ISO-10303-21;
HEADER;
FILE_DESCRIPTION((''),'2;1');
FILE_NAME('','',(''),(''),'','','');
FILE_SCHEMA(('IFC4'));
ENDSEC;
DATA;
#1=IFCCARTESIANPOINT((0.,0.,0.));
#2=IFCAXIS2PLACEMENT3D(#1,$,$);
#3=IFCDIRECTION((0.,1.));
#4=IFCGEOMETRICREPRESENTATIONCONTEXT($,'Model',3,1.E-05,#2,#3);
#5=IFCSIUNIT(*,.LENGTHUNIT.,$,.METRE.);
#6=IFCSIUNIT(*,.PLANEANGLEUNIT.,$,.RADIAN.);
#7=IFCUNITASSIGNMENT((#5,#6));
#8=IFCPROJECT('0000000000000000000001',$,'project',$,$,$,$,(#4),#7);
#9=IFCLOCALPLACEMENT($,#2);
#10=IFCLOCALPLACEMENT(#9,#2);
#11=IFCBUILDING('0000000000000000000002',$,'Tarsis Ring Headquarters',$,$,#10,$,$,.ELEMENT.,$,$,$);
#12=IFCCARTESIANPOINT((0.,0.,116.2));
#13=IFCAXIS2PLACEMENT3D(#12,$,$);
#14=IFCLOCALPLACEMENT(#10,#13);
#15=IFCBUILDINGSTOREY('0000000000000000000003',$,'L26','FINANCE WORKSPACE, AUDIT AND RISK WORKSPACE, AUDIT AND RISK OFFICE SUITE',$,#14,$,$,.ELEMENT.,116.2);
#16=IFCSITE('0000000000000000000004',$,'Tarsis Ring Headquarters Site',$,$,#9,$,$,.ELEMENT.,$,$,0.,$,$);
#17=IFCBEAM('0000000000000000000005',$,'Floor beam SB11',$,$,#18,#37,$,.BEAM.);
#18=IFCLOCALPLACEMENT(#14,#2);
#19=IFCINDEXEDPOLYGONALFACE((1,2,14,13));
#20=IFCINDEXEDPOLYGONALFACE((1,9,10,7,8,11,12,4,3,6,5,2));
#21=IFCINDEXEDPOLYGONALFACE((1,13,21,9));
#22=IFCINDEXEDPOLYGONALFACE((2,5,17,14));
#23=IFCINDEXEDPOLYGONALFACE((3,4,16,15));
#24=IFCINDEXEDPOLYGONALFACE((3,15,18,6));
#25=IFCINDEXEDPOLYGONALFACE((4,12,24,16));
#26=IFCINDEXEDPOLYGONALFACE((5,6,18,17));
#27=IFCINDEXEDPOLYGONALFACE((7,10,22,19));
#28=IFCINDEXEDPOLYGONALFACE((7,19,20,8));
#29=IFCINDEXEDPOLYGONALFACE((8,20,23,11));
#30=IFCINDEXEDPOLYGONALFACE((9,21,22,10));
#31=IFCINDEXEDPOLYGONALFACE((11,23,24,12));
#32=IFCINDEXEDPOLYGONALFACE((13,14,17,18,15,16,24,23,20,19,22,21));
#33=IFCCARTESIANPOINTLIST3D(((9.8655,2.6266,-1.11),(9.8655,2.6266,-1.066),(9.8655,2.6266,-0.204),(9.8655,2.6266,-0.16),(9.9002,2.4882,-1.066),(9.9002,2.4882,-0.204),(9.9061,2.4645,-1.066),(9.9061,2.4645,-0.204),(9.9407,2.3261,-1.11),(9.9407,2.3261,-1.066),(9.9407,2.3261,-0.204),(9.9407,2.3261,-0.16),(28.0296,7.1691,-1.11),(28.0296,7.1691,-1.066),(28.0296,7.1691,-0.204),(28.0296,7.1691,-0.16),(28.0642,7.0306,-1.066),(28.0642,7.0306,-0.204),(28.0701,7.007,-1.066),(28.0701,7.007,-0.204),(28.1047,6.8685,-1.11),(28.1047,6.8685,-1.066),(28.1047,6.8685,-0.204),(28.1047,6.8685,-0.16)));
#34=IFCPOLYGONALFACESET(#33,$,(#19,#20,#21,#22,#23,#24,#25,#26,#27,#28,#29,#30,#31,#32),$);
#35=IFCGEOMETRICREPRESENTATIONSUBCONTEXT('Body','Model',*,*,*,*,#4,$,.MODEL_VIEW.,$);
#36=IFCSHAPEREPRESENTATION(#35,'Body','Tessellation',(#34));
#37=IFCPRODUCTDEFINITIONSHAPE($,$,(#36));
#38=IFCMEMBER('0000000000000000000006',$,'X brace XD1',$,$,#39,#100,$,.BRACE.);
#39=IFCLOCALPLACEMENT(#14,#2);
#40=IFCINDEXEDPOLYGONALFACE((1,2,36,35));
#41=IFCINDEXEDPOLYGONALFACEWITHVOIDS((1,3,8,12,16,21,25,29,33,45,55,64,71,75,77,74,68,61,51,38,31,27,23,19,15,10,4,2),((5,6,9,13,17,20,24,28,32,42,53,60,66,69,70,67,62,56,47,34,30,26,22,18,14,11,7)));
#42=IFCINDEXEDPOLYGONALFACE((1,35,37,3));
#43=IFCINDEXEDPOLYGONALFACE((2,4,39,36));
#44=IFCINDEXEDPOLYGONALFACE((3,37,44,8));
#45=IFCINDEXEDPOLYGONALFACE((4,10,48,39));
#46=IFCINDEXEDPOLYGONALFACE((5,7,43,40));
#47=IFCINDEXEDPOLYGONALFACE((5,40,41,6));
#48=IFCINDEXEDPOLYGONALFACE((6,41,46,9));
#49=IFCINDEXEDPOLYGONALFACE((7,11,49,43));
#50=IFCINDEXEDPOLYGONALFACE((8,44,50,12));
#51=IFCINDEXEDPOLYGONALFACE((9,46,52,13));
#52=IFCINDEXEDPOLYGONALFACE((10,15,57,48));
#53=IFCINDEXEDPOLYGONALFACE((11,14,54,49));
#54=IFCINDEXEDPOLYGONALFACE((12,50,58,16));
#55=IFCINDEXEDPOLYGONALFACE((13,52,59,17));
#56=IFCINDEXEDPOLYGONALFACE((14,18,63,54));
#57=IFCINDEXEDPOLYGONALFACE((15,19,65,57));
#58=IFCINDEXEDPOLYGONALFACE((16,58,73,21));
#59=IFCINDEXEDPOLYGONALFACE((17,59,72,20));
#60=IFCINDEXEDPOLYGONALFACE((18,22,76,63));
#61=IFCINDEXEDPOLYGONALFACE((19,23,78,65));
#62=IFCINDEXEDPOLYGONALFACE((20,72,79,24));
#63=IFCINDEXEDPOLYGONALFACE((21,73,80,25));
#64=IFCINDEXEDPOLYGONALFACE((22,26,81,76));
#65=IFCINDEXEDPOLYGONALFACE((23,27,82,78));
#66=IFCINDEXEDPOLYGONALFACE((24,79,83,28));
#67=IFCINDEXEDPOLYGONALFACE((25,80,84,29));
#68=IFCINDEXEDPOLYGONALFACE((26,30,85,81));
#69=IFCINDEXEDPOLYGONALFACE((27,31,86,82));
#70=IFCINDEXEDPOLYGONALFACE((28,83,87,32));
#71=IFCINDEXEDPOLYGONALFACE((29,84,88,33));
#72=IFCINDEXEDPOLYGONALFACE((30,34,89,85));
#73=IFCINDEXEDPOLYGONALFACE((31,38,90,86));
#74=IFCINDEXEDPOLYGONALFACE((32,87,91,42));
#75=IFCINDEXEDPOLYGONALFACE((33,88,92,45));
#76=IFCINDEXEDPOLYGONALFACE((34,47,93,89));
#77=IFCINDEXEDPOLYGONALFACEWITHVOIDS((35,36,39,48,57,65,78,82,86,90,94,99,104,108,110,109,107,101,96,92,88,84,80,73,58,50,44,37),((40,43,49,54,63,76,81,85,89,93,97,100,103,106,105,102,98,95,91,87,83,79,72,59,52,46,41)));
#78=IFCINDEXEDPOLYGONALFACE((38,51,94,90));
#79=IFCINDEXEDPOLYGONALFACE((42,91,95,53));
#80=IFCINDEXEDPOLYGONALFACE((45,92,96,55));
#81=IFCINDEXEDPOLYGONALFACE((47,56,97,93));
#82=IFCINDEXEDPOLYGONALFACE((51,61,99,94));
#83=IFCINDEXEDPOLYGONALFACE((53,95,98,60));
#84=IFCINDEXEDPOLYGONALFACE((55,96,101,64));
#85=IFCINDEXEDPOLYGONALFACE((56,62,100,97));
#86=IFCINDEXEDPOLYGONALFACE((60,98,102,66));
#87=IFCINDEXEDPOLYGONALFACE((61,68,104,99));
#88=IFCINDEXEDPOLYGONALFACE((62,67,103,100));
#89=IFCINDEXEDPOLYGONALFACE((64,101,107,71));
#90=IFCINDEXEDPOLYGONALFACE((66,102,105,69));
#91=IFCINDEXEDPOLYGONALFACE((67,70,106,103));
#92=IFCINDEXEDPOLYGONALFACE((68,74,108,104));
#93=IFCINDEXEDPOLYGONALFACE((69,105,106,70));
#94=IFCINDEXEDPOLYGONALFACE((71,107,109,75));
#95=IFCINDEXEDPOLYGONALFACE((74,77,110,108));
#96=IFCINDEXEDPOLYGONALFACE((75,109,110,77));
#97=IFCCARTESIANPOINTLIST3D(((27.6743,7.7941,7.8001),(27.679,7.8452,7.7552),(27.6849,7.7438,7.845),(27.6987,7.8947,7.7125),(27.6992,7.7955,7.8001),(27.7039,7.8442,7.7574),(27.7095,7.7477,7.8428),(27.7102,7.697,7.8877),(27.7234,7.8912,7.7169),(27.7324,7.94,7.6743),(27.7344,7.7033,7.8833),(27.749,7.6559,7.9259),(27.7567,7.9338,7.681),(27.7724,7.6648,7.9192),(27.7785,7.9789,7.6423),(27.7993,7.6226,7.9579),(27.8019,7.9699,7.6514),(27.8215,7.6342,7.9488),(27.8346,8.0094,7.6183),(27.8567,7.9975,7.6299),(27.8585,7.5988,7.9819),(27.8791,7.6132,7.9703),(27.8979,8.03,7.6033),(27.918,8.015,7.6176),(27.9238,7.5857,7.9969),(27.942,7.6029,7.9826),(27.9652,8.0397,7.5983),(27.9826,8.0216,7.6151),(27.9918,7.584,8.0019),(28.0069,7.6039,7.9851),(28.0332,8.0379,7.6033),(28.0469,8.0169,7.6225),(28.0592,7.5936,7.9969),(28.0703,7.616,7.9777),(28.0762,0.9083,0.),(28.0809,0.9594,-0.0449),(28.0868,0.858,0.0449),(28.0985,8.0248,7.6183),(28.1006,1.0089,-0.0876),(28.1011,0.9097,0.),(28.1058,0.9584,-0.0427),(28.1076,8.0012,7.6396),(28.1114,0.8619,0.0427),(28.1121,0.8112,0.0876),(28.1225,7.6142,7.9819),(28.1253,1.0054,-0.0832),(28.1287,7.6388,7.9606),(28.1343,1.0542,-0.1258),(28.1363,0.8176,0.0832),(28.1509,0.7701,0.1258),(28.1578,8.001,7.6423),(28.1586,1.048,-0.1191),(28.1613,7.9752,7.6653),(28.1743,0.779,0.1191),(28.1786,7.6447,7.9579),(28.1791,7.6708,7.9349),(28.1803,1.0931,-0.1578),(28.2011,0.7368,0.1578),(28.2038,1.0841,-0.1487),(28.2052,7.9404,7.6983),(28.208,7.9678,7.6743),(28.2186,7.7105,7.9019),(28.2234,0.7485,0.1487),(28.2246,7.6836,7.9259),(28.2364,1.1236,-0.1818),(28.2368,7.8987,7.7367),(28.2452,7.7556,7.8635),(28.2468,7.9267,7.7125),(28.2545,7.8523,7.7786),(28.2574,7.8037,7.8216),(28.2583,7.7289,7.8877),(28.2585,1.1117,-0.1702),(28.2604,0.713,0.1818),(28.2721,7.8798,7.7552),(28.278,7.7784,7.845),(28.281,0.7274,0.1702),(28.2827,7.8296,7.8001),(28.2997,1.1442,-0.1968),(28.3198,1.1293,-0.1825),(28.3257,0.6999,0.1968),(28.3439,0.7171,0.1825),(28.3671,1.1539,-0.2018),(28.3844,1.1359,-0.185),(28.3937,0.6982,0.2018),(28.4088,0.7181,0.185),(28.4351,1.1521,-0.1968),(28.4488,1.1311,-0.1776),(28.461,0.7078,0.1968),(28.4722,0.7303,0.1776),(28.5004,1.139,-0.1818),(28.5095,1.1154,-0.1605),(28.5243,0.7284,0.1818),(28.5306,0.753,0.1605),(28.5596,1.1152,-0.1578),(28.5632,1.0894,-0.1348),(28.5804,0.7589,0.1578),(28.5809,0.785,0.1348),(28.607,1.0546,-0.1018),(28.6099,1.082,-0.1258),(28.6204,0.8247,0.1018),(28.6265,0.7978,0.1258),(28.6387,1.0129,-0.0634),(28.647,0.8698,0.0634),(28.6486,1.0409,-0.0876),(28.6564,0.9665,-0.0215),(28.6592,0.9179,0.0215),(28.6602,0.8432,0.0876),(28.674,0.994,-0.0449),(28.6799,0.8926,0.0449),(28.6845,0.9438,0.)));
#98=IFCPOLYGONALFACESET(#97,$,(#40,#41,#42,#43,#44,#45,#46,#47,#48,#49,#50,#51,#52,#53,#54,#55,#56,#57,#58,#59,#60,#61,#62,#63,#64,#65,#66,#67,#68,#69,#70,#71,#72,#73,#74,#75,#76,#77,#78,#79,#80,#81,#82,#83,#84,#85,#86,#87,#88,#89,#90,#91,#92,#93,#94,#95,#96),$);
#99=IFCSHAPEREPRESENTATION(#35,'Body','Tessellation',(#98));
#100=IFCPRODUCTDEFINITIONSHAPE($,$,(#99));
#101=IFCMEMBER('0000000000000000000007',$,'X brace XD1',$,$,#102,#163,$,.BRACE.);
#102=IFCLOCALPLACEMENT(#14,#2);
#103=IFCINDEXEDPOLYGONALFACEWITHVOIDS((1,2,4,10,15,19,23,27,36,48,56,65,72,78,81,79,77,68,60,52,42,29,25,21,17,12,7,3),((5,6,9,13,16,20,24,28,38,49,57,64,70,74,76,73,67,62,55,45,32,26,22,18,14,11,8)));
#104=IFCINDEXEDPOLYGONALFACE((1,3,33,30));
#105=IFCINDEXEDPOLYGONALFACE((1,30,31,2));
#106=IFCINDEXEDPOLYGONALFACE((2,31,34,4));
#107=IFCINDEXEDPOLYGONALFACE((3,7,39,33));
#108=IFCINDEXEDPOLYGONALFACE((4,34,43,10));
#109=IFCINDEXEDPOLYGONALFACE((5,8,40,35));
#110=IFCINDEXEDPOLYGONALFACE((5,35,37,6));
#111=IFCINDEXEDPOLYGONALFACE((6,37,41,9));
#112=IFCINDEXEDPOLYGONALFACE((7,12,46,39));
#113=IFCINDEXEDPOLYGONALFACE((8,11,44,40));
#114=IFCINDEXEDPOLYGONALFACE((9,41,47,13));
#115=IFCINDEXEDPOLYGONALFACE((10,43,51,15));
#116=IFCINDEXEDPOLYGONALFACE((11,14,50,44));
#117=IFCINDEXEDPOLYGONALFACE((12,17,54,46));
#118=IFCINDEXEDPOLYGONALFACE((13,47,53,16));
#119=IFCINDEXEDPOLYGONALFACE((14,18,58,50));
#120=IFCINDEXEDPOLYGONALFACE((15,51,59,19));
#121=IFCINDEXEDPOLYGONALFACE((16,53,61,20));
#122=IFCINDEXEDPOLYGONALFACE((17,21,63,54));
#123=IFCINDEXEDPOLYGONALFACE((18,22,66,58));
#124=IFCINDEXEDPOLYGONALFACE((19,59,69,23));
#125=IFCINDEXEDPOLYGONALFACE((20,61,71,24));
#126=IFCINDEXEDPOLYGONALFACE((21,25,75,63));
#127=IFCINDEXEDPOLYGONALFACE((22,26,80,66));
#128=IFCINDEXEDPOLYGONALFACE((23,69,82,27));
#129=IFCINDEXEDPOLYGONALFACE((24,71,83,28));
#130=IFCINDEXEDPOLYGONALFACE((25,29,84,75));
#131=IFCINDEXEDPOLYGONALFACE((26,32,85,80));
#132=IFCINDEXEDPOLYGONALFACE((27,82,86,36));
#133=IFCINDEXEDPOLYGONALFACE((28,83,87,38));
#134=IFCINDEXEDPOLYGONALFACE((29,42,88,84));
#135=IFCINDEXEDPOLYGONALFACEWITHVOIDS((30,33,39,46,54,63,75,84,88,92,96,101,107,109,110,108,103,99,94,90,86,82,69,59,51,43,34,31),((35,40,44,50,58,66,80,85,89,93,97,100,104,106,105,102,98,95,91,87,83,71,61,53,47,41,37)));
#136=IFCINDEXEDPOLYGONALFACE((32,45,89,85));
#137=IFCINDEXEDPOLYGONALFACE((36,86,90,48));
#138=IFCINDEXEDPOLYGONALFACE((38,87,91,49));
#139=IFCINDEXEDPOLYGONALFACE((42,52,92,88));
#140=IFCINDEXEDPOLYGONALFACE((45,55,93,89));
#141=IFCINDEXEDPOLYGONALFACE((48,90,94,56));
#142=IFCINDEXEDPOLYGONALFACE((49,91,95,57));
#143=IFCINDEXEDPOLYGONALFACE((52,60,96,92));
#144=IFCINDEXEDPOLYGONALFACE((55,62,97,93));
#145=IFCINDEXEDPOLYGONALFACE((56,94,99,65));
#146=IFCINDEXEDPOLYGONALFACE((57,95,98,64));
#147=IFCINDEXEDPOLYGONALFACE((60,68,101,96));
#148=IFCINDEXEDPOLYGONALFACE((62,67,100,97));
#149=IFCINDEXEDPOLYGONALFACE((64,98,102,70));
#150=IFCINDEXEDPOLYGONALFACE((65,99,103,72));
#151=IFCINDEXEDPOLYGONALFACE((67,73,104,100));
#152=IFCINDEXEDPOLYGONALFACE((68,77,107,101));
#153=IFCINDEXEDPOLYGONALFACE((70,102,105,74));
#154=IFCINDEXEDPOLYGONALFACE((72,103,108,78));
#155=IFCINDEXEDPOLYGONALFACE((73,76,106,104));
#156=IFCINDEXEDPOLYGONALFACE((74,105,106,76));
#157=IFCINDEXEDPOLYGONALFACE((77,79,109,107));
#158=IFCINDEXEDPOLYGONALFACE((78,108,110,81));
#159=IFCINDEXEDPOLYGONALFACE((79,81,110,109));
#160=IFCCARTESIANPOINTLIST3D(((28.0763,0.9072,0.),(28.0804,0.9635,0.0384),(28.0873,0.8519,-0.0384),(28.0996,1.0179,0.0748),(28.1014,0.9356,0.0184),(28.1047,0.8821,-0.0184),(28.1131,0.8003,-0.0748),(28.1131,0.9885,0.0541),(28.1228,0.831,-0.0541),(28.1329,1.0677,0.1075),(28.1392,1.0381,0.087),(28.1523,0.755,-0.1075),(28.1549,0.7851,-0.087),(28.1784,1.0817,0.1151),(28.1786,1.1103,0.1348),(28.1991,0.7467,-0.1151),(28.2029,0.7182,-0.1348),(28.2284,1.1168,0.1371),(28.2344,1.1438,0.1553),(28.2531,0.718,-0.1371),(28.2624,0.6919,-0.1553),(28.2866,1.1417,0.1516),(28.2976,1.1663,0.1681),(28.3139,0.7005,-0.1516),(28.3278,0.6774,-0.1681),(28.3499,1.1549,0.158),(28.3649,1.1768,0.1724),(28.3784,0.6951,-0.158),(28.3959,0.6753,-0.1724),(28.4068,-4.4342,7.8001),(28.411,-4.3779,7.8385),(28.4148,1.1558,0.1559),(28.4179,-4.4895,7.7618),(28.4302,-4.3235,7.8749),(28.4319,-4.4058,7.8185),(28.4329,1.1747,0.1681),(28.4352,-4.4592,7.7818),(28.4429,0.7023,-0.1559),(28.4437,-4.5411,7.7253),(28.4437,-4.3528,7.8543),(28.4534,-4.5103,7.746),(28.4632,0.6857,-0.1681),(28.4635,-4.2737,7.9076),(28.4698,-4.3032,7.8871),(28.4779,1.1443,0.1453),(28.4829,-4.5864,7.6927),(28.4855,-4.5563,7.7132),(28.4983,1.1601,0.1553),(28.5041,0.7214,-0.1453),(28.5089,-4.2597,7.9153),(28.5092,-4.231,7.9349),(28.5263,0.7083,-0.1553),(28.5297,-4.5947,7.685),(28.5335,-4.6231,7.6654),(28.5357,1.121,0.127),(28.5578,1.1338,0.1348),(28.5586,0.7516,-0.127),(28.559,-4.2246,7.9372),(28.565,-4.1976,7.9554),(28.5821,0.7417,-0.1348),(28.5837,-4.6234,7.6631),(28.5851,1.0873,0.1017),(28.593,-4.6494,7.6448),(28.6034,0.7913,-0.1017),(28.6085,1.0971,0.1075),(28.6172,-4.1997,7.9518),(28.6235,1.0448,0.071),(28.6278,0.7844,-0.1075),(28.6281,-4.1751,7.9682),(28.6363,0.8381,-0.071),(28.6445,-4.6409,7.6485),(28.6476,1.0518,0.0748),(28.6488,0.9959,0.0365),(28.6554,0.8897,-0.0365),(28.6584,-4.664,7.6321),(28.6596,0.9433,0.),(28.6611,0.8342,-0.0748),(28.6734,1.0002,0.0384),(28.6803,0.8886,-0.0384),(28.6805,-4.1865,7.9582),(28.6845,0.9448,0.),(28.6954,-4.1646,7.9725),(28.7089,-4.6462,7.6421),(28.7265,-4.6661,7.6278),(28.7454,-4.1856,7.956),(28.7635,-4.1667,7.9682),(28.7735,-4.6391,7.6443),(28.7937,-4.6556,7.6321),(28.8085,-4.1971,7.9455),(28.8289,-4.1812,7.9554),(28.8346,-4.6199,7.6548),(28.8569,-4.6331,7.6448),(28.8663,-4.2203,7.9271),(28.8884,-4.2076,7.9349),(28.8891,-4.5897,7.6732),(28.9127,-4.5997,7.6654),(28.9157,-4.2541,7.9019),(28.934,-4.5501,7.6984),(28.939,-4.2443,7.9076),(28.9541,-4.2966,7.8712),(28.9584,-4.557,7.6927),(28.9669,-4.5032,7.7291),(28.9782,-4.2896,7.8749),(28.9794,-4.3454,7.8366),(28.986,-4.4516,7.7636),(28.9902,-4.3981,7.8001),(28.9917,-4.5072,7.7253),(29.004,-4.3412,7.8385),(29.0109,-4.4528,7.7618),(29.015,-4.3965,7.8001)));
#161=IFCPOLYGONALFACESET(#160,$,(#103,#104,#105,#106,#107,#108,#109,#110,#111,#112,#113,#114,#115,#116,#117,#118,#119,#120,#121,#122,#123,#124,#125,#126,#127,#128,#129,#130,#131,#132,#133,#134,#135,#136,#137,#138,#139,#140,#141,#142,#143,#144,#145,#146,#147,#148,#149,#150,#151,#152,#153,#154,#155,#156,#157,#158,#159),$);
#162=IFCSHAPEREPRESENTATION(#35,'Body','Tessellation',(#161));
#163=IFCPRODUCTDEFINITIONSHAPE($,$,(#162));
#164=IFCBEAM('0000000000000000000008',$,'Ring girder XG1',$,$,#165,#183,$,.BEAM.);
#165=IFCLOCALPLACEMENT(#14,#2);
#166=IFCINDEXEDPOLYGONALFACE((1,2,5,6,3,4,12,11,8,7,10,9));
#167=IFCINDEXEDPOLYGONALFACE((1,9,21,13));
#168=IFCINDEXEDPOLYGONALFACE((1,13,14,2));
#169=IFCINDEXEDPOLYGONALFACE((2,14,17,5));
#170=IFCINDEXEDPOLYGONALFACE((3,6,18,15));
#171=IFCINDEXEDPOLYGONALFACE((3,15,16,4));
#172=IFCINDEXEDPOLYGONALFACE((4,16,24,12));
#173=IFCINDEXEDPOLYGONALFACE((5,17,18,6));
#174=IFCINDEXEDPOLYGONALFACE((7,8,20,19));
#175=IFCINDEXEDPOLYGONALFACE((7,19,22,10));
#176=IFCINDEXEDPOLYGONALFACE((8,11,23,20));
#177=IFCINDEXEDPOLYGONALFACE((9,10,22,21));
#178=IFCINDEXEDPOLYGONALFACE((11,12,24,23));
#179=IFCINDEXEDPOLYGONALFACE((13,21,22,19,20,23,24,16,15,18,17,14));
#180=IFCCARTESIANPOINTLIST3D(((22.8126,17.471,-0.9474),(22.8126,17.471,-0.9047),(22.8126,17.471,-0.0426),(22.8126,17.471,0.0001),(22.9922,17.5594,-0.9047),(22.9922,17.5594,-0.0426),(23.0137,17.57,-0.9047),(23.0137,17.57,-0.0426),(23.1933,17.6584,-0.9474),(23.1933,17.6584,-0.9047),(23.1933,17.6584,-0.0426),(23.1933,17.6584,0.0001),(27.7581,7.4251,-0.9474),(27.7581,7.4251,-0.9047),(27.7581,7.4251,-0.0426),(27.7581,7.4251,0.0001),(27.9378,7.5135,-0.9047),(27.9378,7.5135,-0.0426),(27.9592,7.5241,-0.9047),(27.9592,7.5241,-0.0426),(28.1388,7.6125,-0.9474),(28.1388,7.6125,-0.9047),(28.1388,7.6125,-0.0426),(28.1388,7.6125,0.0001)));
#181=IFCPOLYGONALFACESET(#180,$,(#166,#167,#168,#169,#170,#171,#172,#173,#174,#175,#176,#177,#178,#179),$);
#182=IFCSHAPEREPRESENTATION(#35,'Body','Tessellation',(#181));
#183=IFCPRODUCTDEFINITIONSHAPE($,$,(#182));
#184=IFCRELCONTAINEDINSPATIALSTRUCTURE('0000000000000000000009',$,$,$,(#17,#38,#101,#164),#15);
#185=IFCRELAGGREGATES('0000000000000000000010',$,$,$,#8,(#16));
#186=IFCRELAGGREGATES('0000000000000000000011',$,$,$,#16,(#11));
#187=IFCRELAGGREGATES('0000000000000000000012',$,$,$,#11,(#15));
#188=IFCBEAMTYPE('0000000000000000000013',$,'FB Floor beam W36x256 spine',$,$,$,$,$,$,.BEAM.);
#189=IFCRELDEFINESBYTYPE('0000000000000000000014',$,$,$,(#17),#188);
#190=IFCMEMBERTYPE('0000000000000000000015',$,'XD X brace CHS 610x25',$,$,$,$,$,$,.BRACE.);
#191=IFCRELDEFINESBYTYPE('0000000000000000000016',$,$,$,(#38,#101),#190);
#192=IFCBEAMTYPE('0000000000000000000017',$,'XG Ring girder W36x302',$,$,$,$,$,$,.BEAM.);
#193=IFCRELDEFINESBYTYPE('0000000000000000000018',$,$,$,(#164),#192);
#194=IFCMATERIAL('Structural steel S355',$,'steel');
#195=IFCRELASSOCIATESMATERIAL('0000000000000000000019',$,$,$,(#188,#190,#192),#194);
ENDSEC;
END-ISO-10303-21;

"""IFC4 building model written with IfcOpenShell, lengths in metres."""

from ifc_helpers import new_model, si_unit, direction, frame, origin, origin_2d, place, context, subcontext, project, spatial, hollow_circle, i_section, extrude, material, material_profile, profile_set, type_object, element, save


model = new_model("IFC4")

# Units and contexts
model_context = context("Model", 3, precision=1e-05, world=origin(), true_north=direction((0.0, 1.0)))
body_context = subcontext(model_context, "Body", "Model", "MODEL_VIEW")
ifc_project = project(units=[si_unit("LENGTHUNIT", "METRE"), si_unit("PLANEANGLEUNIT", "RADIAN")], contexts=[model_context])

# Site, building, storey
site_placement = place(None, origin())
site = spatial("IfcSite", under=ifc_project, at=site_placement, Name="Tarsis Ring Headquarters Site", CompositionType="ELEMENT", RefElevation=0.0)
building_placement = place(site_placement, origin())
building = spatial("IfcBuilding", under=site, at=building_placement, Name="Tarsis Ring Headquarters", CompositionType="ELEMENT")
storey_placement = place(building_placement, frame((0.0, 0.0, 116.2)))
storey = spatial("IfcBuildingStorey", under=building, at=storey_placement, Name="L26", Description="FINANCE WORKSPACE, AUDIT AND RISK WORKSPACE, AUDIT AND RISK OFFICE SUITE", CompositionType="ELEMENT", Elevation=116.2)

# Shared definitions
ifc_material_1 = material(Name="Structural steel S355", Category="steel")

# Beam
ifc_material_profile_1 = material_profile(ifc_material_1, i_section(OverallWidth=0.3098, OverallDepth=0.95, WebThickness=0.0244, FlangeThickness=0.0439, at=origin_2d()), Name="W36x256")
ifc_profile_set_1 = profile_set([ifc_material_profile_1], Name="Structural steel S355")
beam_type_1 = type_object("IfcBeamType", Name="FB Floor beam W36x256 spine", PredefinedType="BEAM", material=ifc_profile_set_1)
beam_1_placement = place(storey_placement, frame((28.0671, 7.0188, -0.635), z_axis=(-0.970124, -0.242609, 0.0), x_axis=(0.242609, -0.970124, 0.0)))
element("IfcBeam", 1, at=beam_1_placement, inside=storey, type_object=beam_type_1, Name="Floor beam SB11", PredefinedType="BEAM", context=body_context, shape_type="SweptSolid", body=[
    extrude(i_section(OverallWidth=0.3098, OverallDepth=0.95, WebThickness=0.0244, FlangeThickness=0.0439, at=origin_2d()), origin(), (0.0, 0.0, 1.0), 18.7234),
])

# Members
ifc_material_profile_2 = material_profile(ifc_material_1, hollow_circle(Radius=0.3047, WallThickness=0.0249, at=origin_2d()), Name="CHS 610x25")
ifc_profile_set_2 = profile_set([ifc_material_profile_2], Name="Structural steel S355")
member_type = type_object("IfcMemberType", Name="XD X brace CHS 610x25", PredefinedType="BRACE", material=ifc_profile_set_2)
member_1_placement = place(storey_placement, frame((28.3804, 0.926, 0.0), z_axis=(-0.038594, 0.661309, 0.74912), x_axis=(-0.998301, -0.058261, 0.0)))
element("IfcMember", 2, at=member_1_placement, inside=storey, type_object=member_type, Name="X brace XD1", PredefinedType="BRACE", context=body_context, shape_type="SweptSolid", body=[
    extrude(hollow_circle(Radius=0.3047, WallThickness=0.0249, at=origin_2d()), origin(), (0.0, 0.0, 1.0), 10.4124),
])
member_2_placement = place(storey_placement, frame((28.3804, 0.926, 0.0), z_axis=(0.034946, -0.564658, 0.824585), x_axis=(0.99809, 0.06177, 0.0)))
element("IfcMember", 3, at=member_2_placement, inside=storey, type_object=member_type, Name="X brace XD1", PredefinedType="BRACE", context=body_context, shape_type="SweptSolid", body=[
    extrude(hollow_circle(Radius=0.3047, WallThickness=0.0249, at=origin_2d()), origin(), (0.0, 0.0, 1.0), 9.4595),
])

# Beam
ifc_material_profile_3 = material_profile(ifc_material_1, i_section(OverallWidth=0.4243, OverallDepth=0.9475, WebThickness=0.0239, FlangeThickness=0.0427, at=origin_2d()), Name="W36x302")
ifc_profile_set_3 = profile_set([ifc_material_profile_3], Name="Structural steel S355")
beam_type_2 = type_object("IfcBeamType", Name="XG Ring girder W36x302", PredefinedType="BEAM", material=ifc_profile_set_3)
beam_2_placement = place(storey_placement, frame((27.9485, 7.5188, -0.4736), z_axis=(-0.441676, 0.897175, 0.0), x_axis=(-0.897175, -0.441676, 0.0)))
element("IfcBeam", 4, at=beam_2_placement, inside=storey, type_object=beam_type_2, Name="Ring girder XG1", PredefinedType="BEAM", context=body_context, shape_type="SweptSolid", body=[
    extrude(i_section(OverallWidth=0.4243, OverallDepth=0.9475, WebThickness=0.0239, FlangeThickness=0.0427, at=origin_2d()), origin(), (0.0, 0.0, 1.0), 11.1973),
])

save(model, "model.ifc")
